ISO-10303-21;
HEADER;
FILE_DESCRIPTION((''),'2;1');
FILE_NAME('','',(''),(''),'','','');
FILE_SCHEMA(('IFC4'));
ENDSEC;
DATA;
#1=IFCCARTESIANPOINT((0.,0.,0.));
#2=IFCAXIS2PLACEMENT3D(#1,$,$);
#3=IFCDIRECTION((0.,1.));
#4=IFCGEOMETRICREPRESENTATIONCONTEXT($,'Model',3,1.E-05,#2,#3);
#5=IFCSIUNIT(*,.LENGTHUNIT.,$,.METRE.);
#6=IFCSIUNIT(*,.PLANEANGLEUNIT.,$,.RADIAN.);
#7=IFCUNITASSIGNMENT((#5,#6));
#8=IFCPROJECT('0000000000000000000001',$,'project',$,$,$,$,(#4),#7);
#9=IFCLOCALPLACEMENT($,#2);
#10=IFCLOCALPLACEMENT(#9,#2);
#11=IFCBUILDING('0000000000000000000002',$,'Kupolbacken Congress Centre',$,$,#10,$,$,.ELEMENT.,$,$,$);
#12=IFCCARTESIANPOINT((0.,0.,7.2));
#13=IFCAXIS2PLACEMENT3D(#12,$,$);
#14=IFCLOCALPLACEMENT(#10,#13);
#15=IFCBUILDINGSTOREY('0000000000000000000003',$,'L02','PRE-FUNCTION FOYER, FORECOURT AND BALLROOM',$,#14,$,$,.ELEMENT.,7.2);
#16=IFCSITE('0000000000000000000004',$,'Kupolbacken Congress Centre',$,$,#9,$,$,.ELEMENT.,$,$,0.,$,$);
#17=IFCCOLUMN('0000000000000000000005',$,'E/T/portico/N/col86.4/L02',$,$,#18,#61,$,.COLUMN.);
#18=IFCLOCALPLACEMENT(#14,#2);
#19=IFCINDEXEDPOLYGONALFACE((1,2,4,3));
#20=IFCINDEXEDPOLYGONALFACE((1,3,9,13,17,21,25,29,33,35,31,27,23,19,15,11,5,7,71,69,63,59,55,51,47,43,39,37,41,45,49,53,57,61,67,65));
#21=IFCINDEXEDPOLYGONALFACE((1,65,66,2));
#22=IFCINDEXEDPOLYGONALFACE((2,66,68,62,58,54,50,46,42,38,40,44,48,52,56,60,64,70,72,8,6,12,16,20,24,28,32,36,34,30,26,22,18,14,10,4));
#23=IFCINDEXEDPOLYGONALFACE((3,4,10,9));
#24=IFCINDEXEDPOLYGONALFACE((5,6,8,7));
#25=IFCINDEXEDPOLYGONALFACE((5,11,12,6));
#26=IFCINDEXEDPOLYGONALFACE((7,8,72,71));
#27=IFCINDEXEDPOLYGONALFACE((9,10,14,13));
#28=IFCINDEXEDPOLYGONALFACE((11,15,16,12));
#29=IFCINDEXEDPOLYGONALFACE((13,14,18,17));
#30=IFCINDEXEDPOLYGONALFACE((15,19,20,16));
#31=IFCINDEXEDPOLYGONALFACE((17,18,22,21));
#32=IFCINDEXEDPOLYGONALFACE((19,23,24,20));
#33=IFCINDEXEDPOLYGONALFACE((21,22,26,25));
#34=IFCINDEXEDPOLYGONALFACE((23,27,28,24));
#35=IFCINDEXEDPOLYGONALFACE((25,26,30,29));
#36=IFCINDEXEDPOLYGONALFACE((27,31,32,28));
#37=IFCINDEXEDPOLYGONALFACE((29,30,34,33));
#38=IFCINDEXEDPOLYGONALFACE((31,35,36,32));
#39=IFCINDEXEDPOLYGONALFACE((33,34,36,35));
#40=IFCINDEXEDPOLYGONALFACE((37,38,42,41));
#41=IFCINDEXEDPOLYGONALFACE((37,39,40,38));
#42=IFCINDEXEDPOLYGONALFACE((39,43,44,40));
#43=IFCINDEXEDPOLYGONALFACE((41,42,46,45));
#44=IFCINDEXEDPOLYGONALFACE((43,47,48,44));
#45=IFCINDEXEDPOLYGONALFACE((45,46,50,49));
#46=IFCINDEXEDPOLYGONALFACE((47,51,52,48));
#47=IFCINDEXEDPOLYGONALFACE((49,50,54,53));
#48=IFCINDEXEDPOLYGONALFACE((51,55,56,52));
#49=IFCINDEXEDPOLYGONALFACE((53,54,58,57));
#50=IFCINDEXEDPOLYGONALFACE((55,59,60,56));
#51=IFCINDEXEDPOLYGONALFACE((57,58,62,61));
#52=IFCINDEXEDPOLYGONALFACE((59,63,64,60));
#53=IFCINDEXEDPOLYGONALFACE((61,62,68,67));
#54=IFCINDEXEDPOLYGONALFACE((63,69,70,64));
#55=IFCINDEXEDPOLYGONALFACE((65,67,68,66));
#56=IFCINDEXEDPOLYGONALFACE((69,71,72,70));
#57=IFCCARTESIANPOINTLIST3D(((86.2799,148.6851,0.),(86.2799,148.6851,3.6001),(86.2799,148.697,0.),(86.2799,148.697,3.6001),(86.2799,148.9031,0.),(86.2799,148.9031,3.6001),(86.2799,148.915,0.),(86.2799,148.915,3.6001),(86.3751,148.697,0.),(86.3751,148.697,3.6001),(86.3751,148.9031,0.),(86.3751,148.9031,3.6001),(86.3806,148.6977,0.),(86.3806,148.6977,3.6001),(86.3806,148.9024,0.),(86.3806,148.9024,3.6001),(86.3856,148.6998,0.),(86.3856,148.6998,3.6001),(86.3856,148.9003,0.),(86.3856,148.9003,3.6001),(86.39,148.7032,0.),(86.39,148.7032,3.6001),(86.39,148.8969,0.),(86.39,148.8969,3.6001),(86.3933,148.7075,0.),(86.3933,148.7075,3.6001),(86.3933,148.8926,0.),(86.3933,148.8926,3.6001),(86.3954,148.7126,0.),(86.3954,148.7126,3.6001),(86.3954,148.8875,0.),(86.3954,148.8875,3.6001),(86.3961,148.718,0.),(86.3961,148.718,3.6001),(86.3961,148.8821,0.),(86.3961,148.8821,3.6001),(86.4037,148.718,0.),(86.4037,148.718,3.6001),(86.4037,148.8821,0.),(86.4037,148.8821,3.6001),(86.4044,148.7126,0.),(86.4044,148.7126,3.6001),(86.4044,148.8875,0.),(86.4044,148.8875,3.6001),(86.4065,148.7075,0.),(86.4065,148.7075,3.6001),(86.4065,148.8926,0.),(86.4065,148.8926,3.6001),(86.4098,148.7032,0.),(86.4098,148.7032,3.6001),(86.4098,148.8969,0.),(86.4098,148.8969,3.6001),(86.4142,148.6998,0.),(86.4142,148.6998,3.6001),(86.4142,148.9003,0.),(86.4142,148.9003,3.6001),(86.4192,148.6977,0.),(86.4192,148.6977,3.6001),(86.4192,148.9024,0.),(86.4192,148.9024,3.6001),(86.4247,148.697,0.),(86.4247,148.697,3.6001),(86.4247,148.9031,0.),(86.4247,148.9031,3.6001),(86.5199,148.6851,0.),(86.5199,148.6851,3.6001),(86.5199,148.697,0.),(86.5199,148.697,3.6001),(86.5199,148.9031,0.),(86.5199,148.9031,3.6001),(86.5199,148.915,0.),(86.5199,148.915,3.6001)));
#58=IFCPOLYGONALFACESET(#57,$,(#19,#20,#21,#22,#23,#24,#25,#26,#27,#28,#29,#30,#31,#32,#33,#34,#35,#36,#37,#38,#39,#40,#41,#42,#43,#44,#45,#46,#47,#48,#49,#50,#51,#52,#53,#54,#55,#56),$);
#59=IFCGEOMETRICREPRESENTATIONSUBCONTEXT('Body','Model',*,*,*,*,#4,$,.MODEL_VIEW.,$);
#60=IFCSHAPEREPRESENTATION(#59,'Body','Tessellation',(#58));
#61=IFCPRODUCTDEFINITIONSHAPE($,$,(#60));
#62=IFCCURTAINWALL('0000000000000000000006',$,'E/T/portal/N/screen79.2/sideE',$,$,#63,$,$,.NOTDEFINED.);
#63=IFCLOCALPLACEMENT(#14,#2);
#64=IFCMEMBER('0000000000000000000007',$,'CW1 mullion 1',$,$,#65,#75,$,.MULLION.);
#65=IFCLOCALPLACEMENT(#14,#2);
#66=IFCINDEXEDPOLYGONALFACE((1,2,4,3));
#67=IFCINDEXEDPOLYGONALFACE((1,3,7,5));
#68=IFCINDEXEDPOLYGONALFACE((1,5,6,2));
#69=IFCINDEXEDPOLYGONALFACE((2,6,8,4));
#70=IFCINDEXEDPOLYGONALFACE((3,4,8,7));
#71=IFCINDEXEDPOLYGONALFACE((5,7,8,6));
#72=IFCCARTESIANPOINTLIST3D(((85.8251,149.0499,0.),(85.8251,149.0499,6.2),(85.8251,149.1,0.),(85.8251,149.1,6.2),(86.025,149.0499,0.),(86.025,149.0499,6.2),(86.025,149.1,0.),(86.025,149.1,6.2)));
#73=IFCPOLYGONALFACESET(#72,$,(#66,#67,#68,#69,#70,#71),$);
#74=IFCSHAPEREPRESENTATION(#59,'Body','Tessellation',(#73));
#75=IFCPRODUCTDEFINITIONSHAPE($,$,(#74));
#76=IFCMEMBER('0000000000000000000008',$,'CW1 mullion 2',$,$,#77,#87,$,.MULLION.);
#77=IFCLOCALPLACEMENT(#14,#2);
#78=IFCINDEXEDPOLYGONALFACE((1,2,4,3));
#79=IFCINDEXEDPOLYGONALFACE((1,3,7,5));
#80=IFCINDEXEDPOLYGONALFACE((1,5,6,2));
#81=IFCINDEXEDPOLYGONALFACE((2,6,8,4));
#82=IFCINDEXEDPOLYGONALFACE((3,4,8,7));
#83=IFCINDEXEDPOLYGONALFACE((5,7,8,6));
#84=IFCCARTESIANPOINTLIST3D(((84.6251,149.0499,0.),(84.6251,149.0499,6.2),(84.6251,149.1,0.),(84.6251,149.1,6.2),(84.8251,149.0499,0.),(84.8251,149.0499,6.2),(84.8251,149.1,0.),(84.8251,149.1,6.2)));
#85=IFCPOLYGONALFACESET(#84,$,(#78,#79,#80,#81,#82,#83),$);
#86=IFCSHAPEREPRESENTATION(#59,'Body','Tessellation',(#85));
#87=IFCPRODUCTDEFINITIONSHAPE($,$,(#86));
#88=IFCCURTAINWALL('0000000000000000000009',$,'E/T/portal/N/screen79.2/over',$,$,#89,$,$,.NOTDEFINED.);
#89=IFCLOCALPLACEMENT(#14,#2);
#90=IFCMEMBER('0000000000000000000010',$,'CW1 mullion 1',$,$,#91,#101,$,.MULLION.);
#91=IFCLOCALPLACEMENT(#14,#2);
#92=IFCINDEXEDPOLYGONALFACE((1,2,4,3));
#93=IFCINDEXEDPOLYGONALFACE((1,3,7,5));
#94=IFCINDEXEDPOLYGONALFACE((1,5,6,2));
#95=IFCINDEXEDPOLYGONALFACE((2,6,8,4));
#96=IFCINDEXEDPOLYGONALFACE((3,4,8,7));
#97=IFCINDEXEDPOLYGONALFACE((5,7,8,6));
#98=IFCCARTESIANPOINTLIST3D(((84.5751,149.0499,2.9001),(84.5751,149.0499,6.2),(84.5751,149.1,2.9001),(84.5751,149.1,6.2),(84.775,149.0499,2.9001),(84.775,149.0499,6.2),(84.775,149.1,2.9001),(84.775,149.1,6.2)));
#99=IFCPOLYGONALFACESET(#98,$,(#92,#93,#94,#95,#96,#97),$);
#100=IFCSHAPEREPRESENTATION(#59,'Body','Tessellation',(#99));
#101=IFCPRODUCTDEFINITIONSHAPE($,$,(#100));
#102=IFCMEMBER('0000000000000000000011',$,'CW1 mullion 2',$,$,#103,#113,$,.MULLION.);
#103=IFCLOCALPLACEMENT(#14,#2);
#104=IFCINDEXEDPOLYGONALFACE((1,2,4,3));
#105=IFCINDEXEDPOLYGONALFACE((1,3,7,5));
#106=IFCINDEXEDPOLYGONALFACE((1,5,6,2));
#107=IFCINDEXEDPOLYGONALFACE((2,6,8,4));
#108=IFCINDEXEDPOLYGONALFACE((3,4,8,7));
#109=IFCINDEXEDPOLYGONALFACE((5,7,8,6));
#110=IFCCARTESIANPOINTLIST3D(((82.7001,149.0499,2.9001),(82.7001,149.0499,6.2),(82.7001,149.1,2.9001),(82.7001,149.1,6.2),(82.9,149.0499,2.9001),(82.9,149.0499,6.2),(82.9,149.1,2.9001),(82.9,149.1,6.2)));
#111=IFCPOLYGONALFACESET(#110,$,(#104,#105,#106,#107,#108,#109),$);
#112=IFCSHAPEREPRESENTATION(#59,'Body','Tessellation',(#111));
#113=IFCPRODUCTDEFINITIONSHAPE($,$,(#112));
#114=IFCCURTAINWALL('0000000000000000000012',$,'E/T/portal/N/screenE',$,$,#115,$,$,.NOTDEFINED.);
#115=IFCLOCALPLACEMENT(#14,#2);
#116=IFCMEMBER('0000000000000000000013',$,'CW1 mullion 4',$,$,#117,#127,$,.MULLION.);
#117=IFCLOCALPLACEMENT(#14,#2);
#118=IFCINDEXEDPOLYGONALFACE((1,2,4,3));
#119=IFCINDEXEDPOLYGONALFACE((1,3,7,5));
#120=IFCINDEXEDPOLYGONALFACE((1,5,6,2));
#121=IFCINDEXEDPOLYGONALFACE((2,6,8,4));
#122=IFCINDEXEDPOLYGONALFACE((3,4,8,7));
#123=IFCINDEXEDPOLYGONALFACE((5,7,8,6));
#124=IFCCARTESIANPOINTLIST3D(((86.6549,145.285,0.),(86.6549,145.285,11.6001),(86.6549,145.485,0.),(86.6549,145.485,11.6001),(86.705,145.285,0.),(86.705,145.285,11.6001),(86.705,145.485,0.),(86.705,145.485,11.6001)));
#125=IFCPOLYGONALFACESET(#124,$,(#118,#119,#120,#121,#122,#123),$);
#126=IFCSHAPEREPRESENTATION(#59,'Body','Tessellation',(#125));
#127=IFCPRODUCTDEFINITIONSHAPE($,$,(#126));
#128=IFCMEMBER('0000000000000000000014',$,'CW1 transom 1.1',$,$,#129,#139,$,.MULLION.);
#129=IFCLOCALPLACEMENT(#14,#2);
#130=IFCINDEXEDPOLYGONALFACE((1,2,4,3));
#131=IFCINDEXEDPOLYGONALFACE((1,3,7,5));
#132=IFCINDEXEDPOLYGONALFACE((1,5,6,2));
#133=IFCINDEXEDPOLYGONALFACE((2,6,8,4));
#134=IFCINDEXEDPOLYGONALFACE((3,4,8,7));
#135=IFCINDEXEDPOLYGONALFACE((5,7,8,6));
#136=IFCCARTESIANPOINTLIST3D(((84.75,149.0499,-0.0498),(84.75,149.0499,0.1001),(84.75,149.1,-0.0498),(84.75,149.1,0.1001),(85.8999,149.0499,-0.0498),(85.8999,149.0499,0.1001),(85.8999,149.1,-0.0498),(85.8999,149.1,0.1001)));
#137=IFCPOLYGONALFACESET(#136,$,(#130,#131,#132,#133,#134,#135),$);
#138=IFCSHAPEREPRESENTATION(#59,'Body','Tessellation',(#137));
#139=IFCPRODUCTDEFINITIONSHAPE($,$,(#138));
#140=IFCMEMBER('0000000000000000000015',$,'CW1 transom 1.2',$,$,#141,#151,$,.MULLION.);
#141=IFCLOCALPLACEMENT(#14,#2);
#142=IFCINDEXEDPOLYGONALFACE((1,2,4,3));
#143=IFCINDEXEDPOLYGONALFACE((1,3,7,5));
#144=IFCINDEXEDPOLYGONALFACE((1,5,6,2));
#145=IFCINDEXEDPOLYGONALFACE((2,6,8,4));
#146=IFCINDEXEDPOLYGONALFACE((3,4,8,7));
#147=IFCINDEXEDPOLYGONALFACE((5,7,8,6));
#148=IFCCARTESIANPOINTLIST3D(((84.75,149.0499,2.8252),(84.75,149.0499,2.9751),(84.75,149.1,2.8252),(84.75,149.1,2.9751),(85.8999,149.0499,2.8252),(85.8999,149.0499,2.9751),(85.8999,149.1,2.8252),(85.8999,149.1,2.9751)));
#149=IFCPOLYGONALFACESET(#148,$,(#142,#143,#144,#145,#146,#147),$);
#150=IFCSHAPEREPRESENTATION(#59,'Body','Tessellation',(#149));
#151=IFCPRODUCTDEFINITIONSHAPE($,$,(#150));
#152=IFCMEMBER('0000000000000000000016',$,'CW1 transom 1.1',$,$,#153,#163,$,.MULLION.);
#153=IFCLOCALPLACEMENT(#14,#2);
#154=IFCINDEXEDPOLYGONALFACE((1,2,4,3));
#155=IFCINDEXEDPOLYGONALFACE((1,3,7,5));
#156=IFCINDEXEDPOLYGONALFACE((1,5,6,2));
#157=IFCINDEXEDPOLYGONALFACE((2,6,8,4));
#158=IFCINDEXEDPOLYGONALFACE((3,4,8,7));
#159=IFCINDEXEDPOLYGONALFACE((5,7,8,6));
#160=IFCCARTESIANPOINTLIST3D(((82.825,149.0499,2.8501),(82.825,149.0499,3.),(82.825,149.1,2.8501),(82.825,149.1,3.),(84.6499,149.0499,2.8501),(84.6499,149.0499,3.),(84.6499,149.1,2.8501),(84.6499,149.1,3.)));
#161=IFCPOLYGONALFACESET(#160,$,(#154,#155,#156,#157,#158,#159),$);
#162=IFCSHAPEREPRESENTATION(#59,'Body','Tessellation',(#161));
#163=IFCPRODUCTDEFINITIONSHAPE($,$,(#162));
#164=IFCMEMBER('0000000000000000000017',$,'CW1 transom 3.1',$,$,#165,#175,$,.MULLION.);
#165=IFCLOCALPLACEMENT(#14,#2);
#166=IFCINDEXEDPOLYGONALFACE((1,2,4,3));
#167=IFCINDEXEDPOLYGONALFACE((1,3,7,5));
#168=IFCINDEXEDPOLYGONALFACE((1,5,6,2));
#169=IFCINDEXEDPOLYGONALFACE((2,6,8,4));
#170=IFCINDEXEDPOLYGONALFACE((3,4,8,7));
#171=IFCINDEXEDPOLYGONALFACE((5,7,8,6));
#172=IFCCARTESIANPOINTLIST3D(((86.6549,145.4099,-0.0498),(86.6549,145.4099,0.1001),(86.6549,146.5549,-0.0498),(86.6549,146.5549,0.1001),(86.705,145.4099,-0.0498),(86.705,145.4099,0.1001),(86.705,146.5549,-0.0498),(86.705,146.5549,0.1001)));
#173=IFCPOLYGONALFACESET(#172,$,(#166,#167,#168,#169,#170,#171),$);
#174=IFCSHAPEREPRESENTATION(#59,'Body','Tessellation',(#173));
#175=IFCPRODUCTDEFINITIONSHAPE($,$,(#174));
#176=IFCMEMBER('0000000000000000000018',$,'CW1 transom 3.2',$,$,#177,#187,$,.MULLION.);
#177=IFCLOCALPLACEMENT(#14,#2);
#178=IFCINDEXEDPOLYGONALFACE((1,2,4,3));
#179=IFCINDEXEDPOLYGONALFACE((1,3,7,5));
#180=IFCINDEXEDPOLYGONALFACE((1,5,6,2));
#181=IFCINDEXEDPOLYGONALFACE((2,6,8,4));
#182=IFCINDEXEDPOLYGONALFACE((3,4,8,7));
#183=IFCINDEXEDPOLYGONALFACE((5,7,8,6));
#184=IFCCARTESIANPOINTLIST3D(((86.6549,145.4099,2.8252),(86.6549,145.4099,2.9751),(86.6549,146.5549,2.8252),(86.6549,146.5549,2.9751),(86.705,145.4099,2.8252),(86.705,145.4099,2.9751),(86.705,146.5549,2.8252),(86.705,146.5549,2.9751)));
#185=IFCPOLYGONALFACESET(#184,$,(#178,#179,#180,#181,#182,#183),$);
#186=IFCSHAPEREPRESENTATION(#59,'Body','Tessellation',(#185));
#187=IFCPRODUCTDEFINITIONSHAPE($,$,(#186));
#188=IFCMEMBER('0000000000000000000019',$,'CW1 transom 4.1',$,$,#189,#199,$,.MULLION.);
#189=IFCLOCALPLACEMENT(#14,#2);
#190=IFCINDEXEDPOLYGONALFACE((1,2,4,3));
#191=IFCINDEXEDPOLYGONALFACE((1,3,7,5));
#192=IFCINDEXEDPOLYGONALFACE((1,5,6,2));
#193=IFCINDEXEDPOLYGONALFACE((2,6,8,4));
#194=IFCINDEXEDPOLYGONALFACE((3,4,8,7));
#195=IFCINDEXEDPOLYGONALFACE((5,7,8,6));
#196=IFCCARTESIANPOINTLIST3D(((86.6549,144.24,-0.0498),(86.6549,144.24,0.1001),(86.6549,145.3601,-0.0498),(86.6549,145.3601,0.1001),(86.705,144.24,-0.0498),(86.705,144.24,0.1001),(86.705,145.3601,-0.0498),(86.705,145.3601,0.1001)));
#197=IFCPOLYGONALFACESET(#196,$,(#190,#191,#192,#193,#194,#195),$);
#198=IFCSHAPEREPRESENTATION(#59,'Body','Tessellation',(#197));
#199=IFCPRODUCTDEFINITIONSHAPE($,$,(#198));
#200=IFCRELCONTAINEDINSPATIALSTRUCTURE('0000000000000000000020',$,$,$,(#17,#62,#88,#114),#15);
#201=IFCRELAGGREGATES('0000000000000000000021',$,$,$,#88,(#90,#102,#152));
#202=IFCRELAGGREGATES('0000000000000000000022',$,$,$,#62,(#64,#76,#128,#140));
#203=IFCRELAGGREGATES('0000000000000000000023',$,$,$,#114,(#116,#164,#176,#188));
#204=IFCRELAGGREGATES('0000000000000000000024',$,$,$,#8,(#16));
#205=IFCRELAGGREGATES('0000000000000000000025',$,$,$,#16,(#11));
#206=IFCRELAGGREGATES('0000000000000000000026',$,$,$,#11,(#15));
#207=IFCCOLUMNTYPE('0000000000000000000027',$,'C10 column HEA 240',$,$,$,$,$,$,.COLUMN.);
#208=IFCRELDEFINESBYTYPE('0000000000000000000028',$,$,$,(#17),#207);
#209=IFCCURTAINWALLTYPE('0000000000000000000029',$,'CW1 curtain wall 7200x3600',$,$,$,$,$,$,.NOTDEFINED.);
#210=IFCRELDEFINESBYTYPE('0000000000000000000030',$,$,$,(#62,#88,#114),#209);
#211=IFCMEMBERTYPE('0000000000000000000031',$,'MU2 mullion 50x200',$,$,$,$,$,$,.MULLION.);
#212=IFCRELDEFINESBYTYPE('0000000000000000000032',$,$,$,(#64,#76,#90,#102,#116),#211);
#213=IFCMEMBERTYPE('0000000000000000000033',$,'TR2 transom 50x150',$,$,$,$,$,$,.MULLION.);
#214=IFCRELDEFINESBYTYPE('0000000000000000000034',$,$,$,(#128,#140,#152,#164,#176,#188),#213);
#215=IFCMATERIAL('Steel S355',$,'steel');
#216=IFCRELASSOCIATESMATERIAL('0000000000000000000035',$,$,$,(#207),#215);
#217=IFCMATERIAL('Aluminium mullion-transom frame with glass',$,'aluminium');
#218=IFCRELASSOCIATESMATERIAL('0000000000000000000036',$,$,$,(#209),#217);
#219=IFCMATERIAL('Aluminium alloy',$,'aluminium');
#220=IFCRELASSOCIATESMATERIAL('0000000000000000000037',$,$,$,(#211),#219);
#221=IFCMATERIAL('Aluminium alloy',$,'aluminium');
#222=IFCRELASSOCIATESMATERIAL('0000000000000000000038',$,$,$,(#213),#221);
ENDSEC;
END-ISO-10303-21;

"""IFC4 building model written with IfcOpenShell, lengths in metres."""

from ifc_helpers import new_model, si_unit, direction, frame, origin, origin_2d, place, context, subcontext, project, spatial, rectangle, i_section, extrude, material, material_profile, profile_set, type_object, element, aggregate, save


model = new_model("IFC4")

# Units and contexts
model_context = context("Model", 3, precision=1e-05, world=origin(), true_north=direction((0.0, 1.0)))
body_context = subcontext(model_context, "Body", "Model", "MODEL_VIEW")
ifc_project = project(units=[si_unit("LENGTHUNIT", "METRE"), si_unit("PLANEANGLEUNIT", "RADIAN")], contexts=[model_context])

# Site, building, storey
site_placement = place(None, origin())
site = spatial("IfcSite", under=ifc_project, at=site_placement, Name="Kupolbacken Congress Centre", CompositionType="ELEMENT", RefElevation=0.0)
building_placement = place(site_placement, origin())
building = spatial("IfcBuilding", under=site, at=building_placement, Name="Kupolbacken Congress Centre", CompositionType="ELEMENT")
storey_placement = place(building_placement, frame((0.0, 0.0, 7.2)))
storey = spatial("IfcBuildingStorey", under=building, at=storey_placement, Name="L02", Description="PRE-FUNCTION FOYER, FORECOURT AND BALLROOM", CompositionType="ELEMENT", Elevation=7.2)

# Column
ifc_material_1 = material(Name="Steel S355", Category="steel")
ifc_material_profile_1 = material_profile(ifc_material_1, i_section(OverallWidth=0.24, OverallDepth=0.23, WebThickness=0.0076, FlangeThickness=0.012, FilletRadius=0.021, at=origin_2d()), Name="HEA 240")
ifc_profile_set_1 = profile_set([ifc_material_profile_1], Name="Steel S355")
column_type = type_object("IfcColumnType", Name="C10 column HEA 240", PredefinedType="COLUMN", material=ifc_profile_set_1)
column_placement = place(storey_placement, frame((86.3999, 148.8, 0.0), z_axis=(0.0, 0.0, 1.0), x_axis=(1.0, 0.0, 0.0)))
element("IfcColumn", 1, at=column_placement, inside=storey, type_object=column_type, Name="E/T/portico/N/col86.4/L02", PredefinedType="COLUMN", context=body_context, shape_type="SweptSolid", body=[
    extrude(i_section(OverallWidth=0.24, OverallDepth=0.23, WebThickness=0.0076, FlangeThickness=0.012, FilletRadius=0.021, at=origin_2d()), origin(), (0.0, 0.0, 1.0), 3.6001),
])

# Curtain walls, members
ifc_material_2 = material(Name="Aluminium mullion-transom frame with glass", Category="aluminium")
curtain_wall_type = type_object("IfcCurtainWallType", Name="CW1 curtain wall 7200x3600", PredefinedType="NOTDEFINED", material=ifc_material_2)
curtain_wall_1_placement = place(storey_placement, origin())
curtain_wall_1 = element("IfcCurtainWall", 2, at=curtain_wall_1_placement, inside=storey, type_object=curtain_wall_type, Name="E/T/portal/N/screen79.2/sideE", PredefinedType="NOTDEFINED")
ifc_material_3 = material(Name="Aluminium alloy", Category="aluminium")
ifc_material_profile_2 = material_profile(ifc_material_3, rectangle(XDim=0.05, YDim=0.2, at=origin_2d()), Name="50 x 200")
ifc_profile_set_2 = profile_set([ifc_material_profile_2], Name="Aluminium alloy")
member_type_1 = type_object("IfcMemberType", Name="MU2 mullion 50x200", PredefinedType="MULLION", material=ifc_profile_set_2)
member_1_placement = place(storey_placement, frame((85.925, 149.075, 0.0), z_axis=(0.0, 0.0, 1.0), x_axis=(0.0, -1.0, 0.0)))
member_1 = element("IfcMember", 3, at=member_1_placement, type_object=member_type_1, Name="CW1 mullion 1", PredefinedType="MULLION", context=body_context, shape_type="SweptSolid", body=[
    extrude(rectangle(XDim=0.05, YDim=0.2, at=origin_2d()), origin(), (0.0, 0.0, 1.0), 6.2),
])
member_2_placement = place(storey_placement, frame((84.7251, 149.075, 0.0), z_axis=(0.0, 0.0, 1.0), x_axis=(0.0, -1.0, 0.0)))
member_2 = element("IfcMember", 4, at=member_2_placement, type_object=member_type_1, Name="CW1 mullion 2", PredefinedType="MULLION", context=body_context, shape_type="SweptSolid", body=[
    extrude(rectangle(XDim=0.05, YDim=0.2, at=origin_2d()), origin(), (0.0, 0.0, 1.0), 6.2),
])
curtain_wall_2_placement = place(storey_placement, origin())
curtain_wall_2 = element("IfcCurtainWall", 5, at=curtain_wall_2_placement, inside=storey, type_object=curtain_wall_type, Name="E/T/portal/N/screen79.2/over", PredefinedType="NOTDEFINED")
member_3_placement = place(storey_placement, frame((84.675, 149.075, 2.9001), z_axis=(0.0, 0.0, 1.0), x_axis=(0.0, -1.0, 0.0)))
member_3 = element("IfcMember", 6, at=member_3_placement, type_object=member_type_1, Name="CW1 mullion 1", PredefinedType="MULLION", context=body_context, shape_type="SweptSolid", body=[
    extrude(rectangle(XDim=0.05, YDim=0.2, at=origin_2d()), origin(), (0.0, 0.0, 1.0), 3.2998),
])
member_4_placement = place(storey_placement, frame((82.8, 149.075, 2.9001), z_axis=(0.0, 0.0, 1.0), x_axis=(0.0, -1.0, 0.0)))
member_4 = element("IfcMember", 7, at=member_4_placement, type_object=member_type_1, Name="CW1 mullion 2", PredefinedType="MULLION", context=body_context, shape_type="SweptSolid", body=[
    extrude(rectangle(XDim=0.05, YDim=0.2, at=origin_2d()), origin(), (0.0, 0.0, 1.0), 3.2998),
])

# Curtain wall, member
curtain_wall_3_placement = place(storey_placement, origin())
curtain_wall_3 = element("IfcCurtainWall", 8, at=curtain_wall_3_placement, inside=storey, type_object=curtain_wall_type, Name="E/T/portal/N/screenE", PredefinedType="NOTDEFINED")
member_5_placement = place(storey_placement, frame((86.6799, 145.385, 0.0), z_axis=(0.0, 0.0, 1.0), x_axis=(1.0, 0.0, 0.0)))
member_5 = element("IfcMember", 9, at=member_5_placement, type_object=member_type_1, Name="CW1 mullion 4", PredefinedType="MULLION", context=body_context, shape_type="SweptSolid", body=[
    extrude(rectangle(XDim=0.05, YDim=0.2, at=origin_2d()), origin(), (0.0, 0.0, 1.0), 11.6001),
])

# Members
ifc_material_4 = material(Name="Aluminium alloy", Category="aluminium")
ifc_material_profile_3 = material_profile(ifc_material_4, rectangle(XDim=0.05, YDim=0.1499, at=origin_2d()), Name="50 x 150")
ifc_profile_set_3 = profile_set([ifc_material_profile_3], Name="Aluminium alloy")
member_type_2 = type_object("IfcMemberType", Name="TR2 transom 50x150", PredefinedType="MULLION", material=ifc_profile_set_3)
member_6_placement = place(storey_placement, frame((85.8999, 149.075, 0.0251), z_axis=(-1.0, 0.0, 0.0), x_axis=(0.0, -1.0, 0.0)))
member_6 = element("IfcMember", 10, at=member_6_placement, type_object=member_type_2, Name="CW1 transom 1.1", PredefinedType="MULLION", context=body_context, shape_type="SweptSolid", body=[
    extrude(rectangle(XDim=0.05, YDim=0.1499, at=origin_2d()), origin(), (0.0, 0.0, 1.0), 1.1499),
])
member_7_placement = place(storey_placement, frame((85.8999, 149.075, 2.9001), z_axis=(-1.0, 0.0, 0.0), x_axis=(0.0, -1.0, 0.0)))
member_7 = element("IfcMember", 11, at=member_7_placement, type_object=member_type_2, Name="CW1 transom 1.2", PredefinedType="MULLION", context=body_context, shape_type="SweptSolid", body=[
    extrude(rectangle(XDim=0.05, YDim=0.1499, at=origin_2d()), origin(), (0.0, 0.0, 1.0), 1.1499),
])
member_8_placement = place(storey_placement, frame((84.6499, 149.075, 2.925), z_axis=(-1.0, 0.0, 0.0), x_axis=(0.0, -1.0, 0.0)))
member_8 = element("IfcMember", 12, at=member_8_placement, type_object=member_type_2, Name="CW1 transom 1.1", PredefinedType="MULLION", context=body_context, shape_type="SweptSolid", body=[
    extrude(rectangle(XDim=0.05, YDim=0.1499, at=origin_2d()), origin(), (0.0, 0.0, 1.0), 1.825),
])
aggregate(curtain_wall_2, [member_3, member_4, member_8])
member_9_placement = place(storey_placement, frame((86.6799, 146.5549, 0.0251), z_axis=(0.0, -1.0, 0.0), x_axis=(1.0, 0.0, 0.0)))
member_9 = element("IfcMember", 13, at=member_9_placement, type_object=member_type_2, Name="CW1 transom 3.1", PredefinedType="MULLION", context=body_context, shape_type="SweptSolid", body=[
    extrude(rectangle(XDim=0.05, YDim=0.1499, at=origin_2d()), origin(), (0.0, 0.0, 1.0), 1.145),
])
member_10_placement = place(storey_placement, frame((86.6799, 146.5549, 2.9001), z_axis=(0.0, -1.0, 0.0), x_axis=(1.0, 0.0, 0.0)))
member_10 = element("IfcMember", 14, at=member_10_placement, type_object=member_type_2, Name="CW1 transom 3.2", PredefinedType="MULLION", context=body_context, shape_type="SweptSolid", body=[
    extrude(rectangle(XDim=0.05, YDim=0.1499, at=origin_2d()), origin(), (0.0, 0.0, 1.0), 1.145),
])
member_11_placement = place(storey_placement, frame((86.6799, 145.3601, 0.0251), z_axis=(0.0, -1.0, 0.0), x_axis=(1.0, 0.0, 0.0)))
member_11 = element("IfcMember", 15, at=member_11_placement, type_object=member_type_2, Name="CW1 transom 4.1", PredefinedType="MULLION", context=body_context, shape_type="SweptSolid", body=[
    extrude(rectangle(XDim=0.05, YDim=0.1499, at=origin_2d()), origin(), (0.0, 0.0, 1.0), 1.1201),
])

aggregate(curtain_wall_1, [member_1, member_2, member_6, member_7])
aggregate(curtain_wall_3, [member_5, member_9, member_10, member_11])

save(model, "model.ifc")
